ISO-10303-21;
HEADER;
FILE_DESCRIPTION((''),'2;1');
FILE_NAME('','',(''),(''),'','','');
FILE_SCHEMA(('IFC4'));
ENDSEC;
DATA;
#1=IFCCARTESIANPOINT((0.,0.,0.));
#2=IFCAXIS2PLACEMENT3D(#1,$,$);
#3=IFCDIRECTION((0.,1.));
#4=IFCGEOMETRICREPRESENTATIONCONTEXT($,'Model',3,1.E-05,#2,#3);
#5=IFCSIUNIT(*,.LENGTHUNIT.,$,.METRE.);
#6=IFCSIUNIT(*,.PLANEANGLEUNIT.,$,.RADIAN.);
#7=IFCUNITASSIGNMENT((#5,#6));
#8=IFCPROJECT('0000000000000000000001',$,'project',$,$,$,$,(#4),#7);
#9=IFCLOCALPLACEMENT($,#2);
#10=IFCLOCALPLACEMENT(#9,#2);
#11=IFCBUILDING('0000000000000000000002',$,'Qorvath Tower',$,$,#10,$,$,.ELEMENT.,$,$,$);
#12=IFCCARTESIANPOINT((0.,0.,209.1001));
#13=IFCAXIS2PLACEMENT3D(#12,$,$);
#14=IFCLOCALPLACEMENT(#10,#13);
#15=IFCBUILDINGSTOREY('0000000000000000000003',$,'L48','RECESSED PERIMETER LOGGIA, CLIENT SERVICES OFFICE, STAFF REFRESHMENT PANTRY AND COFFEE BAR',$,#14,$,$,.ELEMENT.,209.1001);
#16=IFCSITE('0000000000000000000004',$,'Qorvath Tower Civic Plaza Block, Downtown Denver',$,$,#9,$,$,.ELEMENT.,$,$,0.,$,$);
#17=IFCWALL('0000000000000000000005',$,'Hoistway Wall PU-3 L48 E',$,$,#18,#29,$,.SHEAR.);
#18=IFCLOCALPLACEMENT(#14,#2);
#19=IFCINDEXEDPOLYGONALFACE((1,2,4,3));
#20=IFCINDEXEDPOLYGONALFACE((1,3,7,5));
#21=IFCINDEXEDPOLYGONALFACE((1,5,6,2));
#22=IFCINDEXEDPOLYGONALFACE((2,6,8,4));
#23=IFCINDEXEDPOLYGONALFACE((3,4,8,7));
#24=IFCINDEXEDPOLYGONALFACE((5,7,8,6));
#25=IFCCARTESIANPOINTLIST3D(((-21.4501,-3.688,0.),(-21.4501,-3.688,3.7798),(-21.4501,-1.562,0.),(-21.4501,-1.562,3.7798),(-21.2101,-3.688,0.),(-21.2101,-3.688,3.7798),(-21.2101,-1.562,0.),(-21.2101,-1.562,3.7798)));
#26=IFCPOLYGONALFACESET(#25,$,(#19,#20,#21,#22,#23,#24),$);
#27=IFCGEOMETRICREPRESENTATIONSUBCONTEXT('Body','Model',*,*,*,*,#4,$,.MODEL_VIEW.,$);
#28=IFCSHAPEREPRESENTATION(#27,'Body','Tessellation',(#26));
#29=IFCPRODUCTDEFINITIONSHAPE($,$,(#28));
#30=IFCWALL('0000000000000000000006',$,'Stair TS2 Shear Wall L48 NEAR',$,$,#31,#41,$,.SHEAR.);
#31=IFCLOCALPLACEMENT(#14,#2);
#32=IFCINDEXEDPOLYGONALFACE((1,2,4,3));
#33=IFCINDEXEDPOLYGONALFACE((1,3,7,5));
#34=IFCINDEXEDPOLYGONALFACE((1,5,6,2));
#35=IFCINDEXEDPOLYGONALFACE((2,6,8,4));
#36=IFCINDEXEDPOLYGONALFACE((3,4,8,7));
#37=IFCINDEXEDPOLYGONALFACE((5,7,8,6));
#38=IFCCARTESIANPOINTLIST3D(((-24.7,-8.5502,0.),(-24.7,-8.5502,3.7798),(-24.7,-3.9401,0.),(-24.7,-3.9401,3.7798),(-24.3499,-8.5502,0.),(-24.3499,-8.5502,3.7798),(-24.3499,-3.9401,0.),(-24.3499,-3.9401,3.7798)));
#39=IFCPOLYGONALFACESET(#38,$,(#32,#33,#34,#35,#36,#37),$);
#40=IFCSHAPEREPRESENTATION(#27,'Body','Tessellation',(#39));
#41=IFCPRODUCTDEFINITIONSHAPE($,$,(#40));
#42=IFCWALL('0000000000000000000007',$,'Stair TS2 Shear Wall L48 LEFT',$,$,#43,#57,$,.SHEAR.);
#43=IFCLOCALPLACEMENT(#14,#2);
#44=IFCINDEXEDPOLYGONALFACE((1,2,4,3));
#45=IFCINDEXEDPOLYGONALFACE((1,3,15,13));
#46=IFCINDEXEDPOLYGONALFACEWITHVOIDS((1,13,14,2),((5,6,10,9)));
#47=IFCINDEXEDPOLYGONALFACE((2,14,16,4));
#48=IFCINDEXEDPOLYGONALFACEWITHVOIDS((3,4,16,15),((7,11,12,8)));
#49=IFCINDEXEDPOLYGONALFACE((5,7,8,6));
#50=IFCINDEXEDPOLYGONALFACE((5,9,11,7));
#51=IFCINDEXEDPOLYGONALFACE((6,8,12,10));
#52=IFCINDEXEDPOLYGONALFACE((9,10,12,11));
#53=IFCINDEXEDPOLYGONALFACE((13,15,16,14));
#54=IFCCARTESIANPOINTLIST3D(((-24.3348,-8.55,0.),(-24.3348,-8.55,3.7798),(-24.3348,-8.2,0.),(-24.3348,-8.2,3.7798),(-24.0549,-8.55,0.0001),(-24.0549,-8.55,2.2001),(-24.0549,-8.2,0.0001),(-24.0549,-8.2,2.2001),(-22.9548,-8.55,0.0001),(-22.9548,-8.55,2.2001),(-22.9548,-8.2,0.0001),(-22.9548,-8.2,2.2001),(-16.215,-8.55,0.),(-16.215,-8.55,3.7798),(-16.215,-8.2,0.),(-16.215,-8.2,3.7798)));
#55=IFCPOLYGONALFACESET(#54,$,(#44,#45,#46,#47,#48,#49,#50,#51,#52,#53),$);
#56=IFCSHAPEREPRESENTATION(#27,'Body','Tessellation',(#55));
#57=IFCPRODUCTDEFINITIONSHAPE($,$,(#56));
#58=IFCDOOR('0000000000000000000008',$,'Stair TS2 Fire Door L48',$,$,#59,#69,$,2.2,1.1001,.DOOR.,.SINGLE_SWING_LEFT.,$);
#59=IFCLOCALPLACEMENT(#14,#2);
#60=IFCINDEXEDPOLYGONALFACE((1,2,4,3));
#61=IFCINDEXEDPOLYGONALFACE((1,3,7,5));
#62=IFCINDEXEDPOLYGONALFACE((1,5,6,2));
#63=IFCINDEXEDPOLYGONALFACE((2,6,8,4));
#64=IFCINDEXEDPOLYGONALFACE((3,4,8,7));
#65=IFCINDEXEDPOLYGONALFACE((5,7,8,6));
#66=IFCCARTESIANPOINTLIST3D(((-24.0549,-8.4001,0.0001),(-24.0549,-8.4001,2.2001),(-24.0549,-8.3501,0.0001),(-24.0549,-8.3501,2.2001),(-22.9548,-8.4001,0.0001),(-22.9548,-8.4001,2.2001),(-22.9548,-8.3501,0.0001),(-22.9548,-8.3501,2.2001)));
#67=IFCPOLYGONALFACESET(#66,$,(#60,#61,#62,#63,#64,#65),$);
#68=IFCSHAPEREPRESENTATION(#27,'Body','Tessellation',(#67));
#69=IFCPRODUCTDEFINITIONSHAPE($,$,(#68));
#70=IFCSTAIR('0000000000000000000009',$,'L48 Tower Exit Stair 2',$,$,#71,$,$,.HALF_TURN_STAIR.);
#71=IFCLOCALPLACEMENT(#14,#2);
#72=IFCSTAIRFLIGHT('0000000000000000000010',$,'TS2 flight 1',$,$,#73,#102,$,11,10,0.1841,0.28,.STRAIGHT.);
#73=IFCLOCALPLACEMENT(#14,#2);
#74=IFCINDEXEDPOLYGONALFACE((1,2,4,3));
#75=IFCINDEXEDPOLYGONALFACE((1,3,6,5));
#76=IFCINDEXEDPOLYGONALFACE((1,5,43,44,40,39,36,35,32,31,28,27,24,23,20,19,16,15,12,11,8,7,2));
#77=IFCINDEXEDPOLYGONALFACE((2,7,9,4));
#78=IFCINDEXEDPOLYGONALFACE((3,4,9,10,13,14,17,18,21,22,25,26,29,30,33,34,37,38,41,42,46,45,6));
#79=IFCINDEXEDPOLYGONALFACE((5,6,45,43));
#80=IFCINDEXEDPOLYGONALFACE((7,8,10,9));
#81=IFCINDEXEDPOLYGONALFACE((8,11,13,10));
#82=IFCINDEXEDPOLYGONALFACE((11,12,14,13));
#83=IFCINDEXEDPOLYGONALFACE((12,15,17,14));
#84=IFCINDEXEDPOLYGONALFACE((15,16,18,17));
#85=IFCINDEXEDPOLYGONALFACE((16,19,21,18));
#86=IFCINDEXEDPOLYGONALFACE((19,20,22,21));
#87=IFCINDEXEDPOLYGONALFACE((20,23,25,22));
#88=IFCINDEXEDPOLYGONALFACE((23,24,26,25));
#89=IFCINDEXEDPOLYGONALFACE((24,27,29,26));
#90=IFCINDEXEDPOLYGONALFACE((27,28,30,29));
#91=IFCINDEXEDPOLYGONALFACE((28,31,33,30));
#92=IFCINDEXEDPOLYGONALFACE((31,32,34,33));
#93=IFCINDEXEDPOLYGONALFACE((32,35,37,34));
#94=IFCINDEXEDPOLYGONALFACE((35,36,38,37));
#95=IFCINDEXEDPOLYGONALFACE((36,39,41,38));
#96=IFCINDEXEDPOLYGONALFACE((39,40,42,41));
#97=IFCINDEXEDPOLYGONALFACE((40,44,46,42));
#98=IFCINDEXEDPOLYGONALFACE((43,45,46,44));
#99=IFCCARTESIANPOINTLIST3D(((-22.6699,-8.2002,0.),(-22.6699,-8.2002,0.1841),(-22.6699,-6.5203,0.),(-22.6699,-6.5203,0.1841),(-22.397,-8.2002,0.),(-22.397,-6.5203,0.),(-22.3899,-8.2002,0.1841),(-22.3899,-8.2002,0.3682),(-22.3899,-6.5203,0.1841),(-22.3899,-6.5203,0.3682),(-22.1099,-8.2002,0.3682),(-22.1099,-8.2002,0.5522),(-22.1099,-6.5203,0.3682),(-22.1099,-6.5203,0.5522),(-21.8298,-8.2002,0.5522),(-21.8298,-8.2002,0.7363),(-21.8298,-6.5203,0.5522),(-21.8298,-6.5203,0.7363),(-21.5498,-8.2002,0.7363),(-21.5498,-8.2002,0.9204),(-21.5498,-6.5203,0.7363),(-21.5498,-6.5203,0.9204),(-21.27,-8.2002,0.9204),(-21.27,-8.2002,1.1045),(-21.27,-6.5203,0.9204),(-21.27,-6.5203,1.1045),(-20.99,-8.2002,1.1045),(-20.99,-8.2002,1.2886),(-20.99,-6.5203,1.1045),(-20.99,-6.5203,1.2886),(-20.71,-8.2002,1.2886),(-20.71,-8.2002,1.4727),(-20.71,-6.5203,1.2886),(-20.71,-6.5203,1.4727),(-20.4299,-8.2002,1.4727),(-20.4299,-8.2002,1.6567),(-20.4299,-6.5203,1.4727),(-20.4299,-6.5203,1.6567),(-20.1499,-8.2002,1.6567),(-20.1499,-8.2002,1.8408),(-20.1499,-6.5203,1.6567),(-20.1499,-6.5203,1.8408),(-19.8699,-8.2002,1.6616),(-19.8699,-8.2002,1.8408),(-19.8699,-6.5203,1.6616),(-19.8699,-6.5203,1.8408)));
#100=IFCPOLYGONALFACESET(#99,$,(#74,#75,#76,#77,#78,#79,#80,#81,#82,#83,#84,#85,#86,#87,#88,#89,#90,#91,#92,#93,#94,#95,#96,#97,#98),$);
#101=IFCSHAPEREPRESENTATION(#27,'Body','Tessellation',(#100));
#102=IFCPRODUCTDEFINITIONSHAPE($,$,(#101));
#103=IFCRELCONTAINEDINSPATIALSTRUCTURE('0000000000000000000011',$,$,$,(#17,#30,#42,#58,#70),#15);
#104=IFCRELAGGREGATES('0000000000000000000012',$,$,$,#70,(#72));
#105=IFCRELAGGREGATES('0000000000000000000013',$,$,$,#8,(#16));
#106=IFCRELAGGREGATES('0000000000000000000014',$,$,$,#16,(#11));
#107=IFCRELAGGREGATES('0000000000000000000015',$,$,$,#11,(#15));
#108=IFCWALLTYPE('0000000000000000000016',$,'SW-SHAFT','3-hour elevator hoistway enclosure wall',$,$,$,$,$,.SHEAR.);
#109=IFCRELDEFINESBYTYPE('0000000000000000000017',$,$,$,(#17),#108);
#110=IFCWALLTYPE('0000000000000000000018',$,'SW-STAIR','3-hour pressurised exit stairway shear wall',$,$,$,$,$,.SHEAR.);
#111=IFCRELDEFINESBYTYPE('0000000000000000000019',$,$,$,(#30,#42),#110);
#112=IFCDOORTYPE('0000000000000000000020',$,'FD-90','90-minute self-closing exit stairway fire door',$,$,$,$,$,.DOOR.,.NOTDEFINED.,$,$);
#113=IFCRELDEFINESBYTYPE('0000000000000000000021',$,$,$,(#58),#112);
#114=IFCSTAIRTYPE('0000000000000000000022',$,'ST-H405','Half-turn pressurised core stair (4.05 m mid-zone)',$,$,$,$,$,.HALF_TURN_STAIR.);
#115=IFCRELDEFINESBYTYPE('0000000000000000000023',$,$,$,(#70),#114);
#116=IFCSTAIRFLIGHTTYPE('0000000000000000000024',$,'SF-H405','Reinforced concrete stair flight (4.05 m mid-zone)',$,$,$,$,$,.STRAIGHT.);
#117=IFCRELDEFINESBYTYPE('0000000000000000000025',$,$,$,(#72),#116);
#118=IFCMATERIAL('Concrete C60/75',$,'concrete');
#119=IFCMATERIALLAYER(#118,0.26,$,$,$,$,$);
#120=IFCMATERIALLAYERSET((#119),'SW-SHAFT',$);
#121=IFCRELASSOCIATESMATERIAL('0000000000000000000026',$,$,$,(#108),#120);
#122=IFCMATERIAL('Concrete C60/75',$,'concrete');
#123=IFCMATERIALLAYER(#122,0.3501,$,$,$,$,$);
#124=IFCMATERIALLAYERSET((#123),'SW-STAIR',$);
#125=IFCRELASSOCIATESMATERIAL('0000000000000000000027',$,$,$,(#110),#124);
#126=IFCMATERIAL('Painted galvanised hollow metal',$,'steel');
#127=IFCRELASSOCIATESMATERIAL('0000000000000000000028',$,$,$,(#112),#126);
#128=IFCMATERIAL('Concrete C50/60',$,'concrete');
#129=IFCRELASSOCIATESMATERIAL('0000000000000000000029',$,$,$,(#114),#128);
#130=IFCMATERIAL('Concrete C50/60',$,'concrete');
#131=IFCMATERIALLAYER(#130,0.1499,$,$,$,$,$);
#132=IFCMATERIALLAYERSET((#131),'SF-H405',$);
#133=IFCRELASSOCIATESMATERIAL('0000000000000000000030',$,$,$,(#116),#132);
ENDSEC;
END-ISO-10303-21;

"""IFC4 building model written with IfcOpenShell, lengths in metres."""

from ifc_helpers import new_model, si_unit, direction, frame, frame_2d, origin, place, context, subcontext, project, spatial, polyline, rectangle, outline, extrude, material, layer, layer_set, type_object, element, fill, aggregate, save


model = new_model("IFC4")

# Units and contexts
model_context = context("Model", 3, precision=1e-05, world=origin(), true_north=direction((0.0, 1.0)))
body_context = subcontext(model_context, "Body", "Model", "MODEL_VIEW")
ifc_project = project(units=[si_unit("LENGTHUNIT", "METRE"), si_unit("PLANEANGLEUNIT", "RADIAN")], contexts=[model_context])

# Site, building, storey
site_placement = place(None, origin())
site = spatial("IfcSite", under=ifc_project, at=site_placement, Name="Qorvath Tower Civic Plaza Block, Downtown Denver", CompositionType="ELEMENT", RefElevation=0.0)
building_placement = place(site_placement, origin())
building = spatial("IfcBuilding", under=site, at=building_placement, Name="Qorvath Tower", CompositionType="ELEMENT")
storey_placement = place(building_placement, frame((0.0, 0.0, 209.1001)))
storey = spatial("IfcBuildingStorey", under=building, at=storey_placement, Name="L48", Description="RECESSED PERIMETER LOGGIA, CLIENT SERVICES OFFICE, STAFF REFRESHMENT PANTRY AND COFFEE BAR", CompositionType="ELEMENT", Elevation=209.1001)

# Shared definitions
ifc_material_1 = material(Name="Concrete C60/75", Category="concrete")
ifc_layer_1 = layer(ifc_material_1, 0.26)
ifc_layer_set_1 = layer_set([ifc_layer_1], Name="SW-SHAFT")
wall_type_1 = type_object("IfcWallType", Name="SW-SHAFT", Description="3-hour elevator hoistway enclosure wall", PredefinedType="SHEAR", material=ifc_layer_set_1)

# Walls
wall_1_placement = place(storey_placement, frame((-21.3301, -1.562, 0.0), z_axis=(0.0, 0.0, 1.0), x_axis=(0.0, -1.0, 0.0)))
element("IfcWall", 1, at=wall_1_placement, inside=storey, type_object=wall_type_1, Name="Hoistway Wall PU-3 L48 E", PredefinedType="SHEAR", context=body_context, shape_type="SweptSolid", body=[
    extrude(rectangle(XDim=2.126, YDim=0.24, at=frame_2d((1.063, 0.0))), origin(), (0.0, 0.0, 1.0), 3.7798),
])
ifc_material_2 = material(Name="Concrete C60/75", Category="concrete")
ifc_layer_2 = layer(ifc_material_2, 0.3501)
ifc_layer_set_2 = layer_set([ifc_layer_2], Name="SW-STAIR")
wall_type_2 = type_object("IfcWallType", Name="SW-STAIR", Description="3-hour pressurised exit stairway shear wall", PredefinedType="SHEAR", material=ifc_layer_set_2)
wall_2_placement = place(storey_placement, frame((-24.5249, -3.9399, 0.0), z_axis=(0.0, 0.0, 1.0), x_axis=(0.0, -1.0, 0.0)))
element("IfcWall", 2, at=wall_2_placement, inside=storey, type_object=wall_type_2, Name="Stair TS2 Shear Wall L48 NEAR", PredefinedType="SHEAR", context=body_context, shape_type="SweptSolid", body=[
    extrude(rectangle(XDim=4.6101, YDim=0.3501, at=frame_2d((2.3052, 0.0))), origin(), (0.0, 0.0, 1.0), 3.7798),
])

# Wall, opening, door
wall_3_placement = place(storey_placement, frame((-24.335, -8.375, 0.0), z_axis=(0.0, 0.0, 1.0), x_axis=(1.0, 0.0, 0.0)))
wall_3 = element("IfcWall", 3, at=wall_3_placement, inside=storey, type_object=wall_type_2, Name="Stair TS2 Shear Wall L48 LEFT", PredefinedType="SHEAR", context=body_context, shape_type="SweptSolid", body=[
    extrude(rectangle(XDim=8.1199, YDim=0.3501, at=frame_2d((4.0601, 0.0))), origin(), (0.0, 0.0, 1.0), 3.7798),
])
opening_1_placement = place(wall_3_placement, frame((0.28, 0.0, 0.0)))
opening_1 = element("IfcOpeningElement", 4, at=opening_1_placement, cuts=wall_3, PredefinedType="OPENING", context=body_context, shape_type="SweptSolid", body=[
    extrude(rectangle(XDim=1.1001, YDim=2.2, at=frame_2d((0.55, 1.1001))), frame((0.0, 0.1851, 0.0), z_axis=(0.0, -1.0, 0.0), x_axis=(1.0, 0.0, 0.0)), (0.0, 0.0, 1.0), 0.3701),
])
ifc_material_3 = material(Name="Painted galvanised hollow metal", Category="steel")
door_type_1 = type_object("IfcDoorType", Name="FD-90", Description="90-minute self-closing exit stairway fire door", OperationType="NOTDEFINED", PredefinedType="DOOR", material=ifc_material_3)
door_1_placement = place(opening_1_placement, origin())
door_1 = element("IfcDoor", 5, at=door_1_placement, inside=storey, type_object=door_type_1, Name="Stair TS2 Fire Door L48", OperationType="SINGLE_SWING_LEFT", OverallHeight=2.2, OverallWidth=1.1001, PredefinedType="DOOR", context=body_context, shape_type="SweptSolid", body=[
    extrude(rectangle(XDim=1.1001, YDim=2.2, at=frame_2d((0.55, 1.1001))), frame((0.0, 0.0249, 0.0), z_axis=(0.0, -1.0, 0.0), x_axis=(1.0, 0.0, 0.0)), (0.0, 0.0, 1.0), 0.05),
])
fill(opening_1, door_1)

# Stair, stair flight
ifc_material_4 = material(Name="Concrete C50/60", Category="concrete")
stair_type = type_object("IfcStairType", Name="ST-H405", Description="Half-turn pressurised core stair (4.05 m mid-zone)", PredefinedType="HALF_TURN_STAIR", material=ifc_material_4)
stair_placement = place(storey_placement, origin())
stair = element("IfcStair", 6, at=stair_placement, inside=storey, type_object=stair_type, Name="L48 Tower Exit Stair 2", PredefinedType="HALF_TURN_STAIR")
ifc_material_5 = material(Name="Concrete C50/60", Category="concrete")
ifc_layer_3 = layer(ifc_material_5, 0.1499)
ifc_layer_set_3 = layer_set([ifc_layer_3], Name="SF-H405")
stair_flight_type = type_object("IfcStairFlightType", Name="SF-H405", Description="Reinforced concrete stair flight (4.05 m mid-zone)", PredefinedType="STRAIGHT", material=ifc_layer_set_3)
stair_flight_placement = place(storey_placement, frame((-22.6699, -7.3601, 0.0), z_axis=(0.0, 0.0, 1.0), x_axis=(1.0, 0.0, 0.0)))
stair_flight = element("IfcStairFlight", 7, at=stair_flight_placement, type_object=stair_flight_type, Name="TS2 flight 1", NumberOfRisers=11, NumberOfTreads=10, PredefinedType="STRAIGHT", RiserHeight=0.1841, TreadLength=0.28, context=body_context, shape_type="SweptSolid", body=[
    extrude(outline(polyline([(0.0, 0.0), (0.0, 0.1841), (0.28, 0.1841), (0.28, 0.3682), (0.5601, 0.3682), (0.5601, 0.5522), (0.8401, 0.5522), (0.8401, 0.7363), (1.1201, 0.7363), (1.1201, 0.9204), (1.3999, 0.9204), (1.3999, 1.1045), (1.6799, 1.1045), (1.6799, 1.2886), (1.96, 1.2886), (1.96, 1.4727), (2.24, 1.4727), (2.24, 1.6567), (2.52, 1.6567), (2.52, 1.8408), (2.8, 1.8408), (2.8, 2.0249), (2.8, 1.6616), (0.2729, 0.0), (0.0, 0.0)])), frame((0.0, 0.8398, 0.0), z_axis=(0.0, -1.0, 0.0), x_axis=(1.0, 0.0, 0.0)), (0.0, 0.0, 1.0), 1.6799),
])
aggregate(stair, [stair_flight])

save(model, "model.ifc")
